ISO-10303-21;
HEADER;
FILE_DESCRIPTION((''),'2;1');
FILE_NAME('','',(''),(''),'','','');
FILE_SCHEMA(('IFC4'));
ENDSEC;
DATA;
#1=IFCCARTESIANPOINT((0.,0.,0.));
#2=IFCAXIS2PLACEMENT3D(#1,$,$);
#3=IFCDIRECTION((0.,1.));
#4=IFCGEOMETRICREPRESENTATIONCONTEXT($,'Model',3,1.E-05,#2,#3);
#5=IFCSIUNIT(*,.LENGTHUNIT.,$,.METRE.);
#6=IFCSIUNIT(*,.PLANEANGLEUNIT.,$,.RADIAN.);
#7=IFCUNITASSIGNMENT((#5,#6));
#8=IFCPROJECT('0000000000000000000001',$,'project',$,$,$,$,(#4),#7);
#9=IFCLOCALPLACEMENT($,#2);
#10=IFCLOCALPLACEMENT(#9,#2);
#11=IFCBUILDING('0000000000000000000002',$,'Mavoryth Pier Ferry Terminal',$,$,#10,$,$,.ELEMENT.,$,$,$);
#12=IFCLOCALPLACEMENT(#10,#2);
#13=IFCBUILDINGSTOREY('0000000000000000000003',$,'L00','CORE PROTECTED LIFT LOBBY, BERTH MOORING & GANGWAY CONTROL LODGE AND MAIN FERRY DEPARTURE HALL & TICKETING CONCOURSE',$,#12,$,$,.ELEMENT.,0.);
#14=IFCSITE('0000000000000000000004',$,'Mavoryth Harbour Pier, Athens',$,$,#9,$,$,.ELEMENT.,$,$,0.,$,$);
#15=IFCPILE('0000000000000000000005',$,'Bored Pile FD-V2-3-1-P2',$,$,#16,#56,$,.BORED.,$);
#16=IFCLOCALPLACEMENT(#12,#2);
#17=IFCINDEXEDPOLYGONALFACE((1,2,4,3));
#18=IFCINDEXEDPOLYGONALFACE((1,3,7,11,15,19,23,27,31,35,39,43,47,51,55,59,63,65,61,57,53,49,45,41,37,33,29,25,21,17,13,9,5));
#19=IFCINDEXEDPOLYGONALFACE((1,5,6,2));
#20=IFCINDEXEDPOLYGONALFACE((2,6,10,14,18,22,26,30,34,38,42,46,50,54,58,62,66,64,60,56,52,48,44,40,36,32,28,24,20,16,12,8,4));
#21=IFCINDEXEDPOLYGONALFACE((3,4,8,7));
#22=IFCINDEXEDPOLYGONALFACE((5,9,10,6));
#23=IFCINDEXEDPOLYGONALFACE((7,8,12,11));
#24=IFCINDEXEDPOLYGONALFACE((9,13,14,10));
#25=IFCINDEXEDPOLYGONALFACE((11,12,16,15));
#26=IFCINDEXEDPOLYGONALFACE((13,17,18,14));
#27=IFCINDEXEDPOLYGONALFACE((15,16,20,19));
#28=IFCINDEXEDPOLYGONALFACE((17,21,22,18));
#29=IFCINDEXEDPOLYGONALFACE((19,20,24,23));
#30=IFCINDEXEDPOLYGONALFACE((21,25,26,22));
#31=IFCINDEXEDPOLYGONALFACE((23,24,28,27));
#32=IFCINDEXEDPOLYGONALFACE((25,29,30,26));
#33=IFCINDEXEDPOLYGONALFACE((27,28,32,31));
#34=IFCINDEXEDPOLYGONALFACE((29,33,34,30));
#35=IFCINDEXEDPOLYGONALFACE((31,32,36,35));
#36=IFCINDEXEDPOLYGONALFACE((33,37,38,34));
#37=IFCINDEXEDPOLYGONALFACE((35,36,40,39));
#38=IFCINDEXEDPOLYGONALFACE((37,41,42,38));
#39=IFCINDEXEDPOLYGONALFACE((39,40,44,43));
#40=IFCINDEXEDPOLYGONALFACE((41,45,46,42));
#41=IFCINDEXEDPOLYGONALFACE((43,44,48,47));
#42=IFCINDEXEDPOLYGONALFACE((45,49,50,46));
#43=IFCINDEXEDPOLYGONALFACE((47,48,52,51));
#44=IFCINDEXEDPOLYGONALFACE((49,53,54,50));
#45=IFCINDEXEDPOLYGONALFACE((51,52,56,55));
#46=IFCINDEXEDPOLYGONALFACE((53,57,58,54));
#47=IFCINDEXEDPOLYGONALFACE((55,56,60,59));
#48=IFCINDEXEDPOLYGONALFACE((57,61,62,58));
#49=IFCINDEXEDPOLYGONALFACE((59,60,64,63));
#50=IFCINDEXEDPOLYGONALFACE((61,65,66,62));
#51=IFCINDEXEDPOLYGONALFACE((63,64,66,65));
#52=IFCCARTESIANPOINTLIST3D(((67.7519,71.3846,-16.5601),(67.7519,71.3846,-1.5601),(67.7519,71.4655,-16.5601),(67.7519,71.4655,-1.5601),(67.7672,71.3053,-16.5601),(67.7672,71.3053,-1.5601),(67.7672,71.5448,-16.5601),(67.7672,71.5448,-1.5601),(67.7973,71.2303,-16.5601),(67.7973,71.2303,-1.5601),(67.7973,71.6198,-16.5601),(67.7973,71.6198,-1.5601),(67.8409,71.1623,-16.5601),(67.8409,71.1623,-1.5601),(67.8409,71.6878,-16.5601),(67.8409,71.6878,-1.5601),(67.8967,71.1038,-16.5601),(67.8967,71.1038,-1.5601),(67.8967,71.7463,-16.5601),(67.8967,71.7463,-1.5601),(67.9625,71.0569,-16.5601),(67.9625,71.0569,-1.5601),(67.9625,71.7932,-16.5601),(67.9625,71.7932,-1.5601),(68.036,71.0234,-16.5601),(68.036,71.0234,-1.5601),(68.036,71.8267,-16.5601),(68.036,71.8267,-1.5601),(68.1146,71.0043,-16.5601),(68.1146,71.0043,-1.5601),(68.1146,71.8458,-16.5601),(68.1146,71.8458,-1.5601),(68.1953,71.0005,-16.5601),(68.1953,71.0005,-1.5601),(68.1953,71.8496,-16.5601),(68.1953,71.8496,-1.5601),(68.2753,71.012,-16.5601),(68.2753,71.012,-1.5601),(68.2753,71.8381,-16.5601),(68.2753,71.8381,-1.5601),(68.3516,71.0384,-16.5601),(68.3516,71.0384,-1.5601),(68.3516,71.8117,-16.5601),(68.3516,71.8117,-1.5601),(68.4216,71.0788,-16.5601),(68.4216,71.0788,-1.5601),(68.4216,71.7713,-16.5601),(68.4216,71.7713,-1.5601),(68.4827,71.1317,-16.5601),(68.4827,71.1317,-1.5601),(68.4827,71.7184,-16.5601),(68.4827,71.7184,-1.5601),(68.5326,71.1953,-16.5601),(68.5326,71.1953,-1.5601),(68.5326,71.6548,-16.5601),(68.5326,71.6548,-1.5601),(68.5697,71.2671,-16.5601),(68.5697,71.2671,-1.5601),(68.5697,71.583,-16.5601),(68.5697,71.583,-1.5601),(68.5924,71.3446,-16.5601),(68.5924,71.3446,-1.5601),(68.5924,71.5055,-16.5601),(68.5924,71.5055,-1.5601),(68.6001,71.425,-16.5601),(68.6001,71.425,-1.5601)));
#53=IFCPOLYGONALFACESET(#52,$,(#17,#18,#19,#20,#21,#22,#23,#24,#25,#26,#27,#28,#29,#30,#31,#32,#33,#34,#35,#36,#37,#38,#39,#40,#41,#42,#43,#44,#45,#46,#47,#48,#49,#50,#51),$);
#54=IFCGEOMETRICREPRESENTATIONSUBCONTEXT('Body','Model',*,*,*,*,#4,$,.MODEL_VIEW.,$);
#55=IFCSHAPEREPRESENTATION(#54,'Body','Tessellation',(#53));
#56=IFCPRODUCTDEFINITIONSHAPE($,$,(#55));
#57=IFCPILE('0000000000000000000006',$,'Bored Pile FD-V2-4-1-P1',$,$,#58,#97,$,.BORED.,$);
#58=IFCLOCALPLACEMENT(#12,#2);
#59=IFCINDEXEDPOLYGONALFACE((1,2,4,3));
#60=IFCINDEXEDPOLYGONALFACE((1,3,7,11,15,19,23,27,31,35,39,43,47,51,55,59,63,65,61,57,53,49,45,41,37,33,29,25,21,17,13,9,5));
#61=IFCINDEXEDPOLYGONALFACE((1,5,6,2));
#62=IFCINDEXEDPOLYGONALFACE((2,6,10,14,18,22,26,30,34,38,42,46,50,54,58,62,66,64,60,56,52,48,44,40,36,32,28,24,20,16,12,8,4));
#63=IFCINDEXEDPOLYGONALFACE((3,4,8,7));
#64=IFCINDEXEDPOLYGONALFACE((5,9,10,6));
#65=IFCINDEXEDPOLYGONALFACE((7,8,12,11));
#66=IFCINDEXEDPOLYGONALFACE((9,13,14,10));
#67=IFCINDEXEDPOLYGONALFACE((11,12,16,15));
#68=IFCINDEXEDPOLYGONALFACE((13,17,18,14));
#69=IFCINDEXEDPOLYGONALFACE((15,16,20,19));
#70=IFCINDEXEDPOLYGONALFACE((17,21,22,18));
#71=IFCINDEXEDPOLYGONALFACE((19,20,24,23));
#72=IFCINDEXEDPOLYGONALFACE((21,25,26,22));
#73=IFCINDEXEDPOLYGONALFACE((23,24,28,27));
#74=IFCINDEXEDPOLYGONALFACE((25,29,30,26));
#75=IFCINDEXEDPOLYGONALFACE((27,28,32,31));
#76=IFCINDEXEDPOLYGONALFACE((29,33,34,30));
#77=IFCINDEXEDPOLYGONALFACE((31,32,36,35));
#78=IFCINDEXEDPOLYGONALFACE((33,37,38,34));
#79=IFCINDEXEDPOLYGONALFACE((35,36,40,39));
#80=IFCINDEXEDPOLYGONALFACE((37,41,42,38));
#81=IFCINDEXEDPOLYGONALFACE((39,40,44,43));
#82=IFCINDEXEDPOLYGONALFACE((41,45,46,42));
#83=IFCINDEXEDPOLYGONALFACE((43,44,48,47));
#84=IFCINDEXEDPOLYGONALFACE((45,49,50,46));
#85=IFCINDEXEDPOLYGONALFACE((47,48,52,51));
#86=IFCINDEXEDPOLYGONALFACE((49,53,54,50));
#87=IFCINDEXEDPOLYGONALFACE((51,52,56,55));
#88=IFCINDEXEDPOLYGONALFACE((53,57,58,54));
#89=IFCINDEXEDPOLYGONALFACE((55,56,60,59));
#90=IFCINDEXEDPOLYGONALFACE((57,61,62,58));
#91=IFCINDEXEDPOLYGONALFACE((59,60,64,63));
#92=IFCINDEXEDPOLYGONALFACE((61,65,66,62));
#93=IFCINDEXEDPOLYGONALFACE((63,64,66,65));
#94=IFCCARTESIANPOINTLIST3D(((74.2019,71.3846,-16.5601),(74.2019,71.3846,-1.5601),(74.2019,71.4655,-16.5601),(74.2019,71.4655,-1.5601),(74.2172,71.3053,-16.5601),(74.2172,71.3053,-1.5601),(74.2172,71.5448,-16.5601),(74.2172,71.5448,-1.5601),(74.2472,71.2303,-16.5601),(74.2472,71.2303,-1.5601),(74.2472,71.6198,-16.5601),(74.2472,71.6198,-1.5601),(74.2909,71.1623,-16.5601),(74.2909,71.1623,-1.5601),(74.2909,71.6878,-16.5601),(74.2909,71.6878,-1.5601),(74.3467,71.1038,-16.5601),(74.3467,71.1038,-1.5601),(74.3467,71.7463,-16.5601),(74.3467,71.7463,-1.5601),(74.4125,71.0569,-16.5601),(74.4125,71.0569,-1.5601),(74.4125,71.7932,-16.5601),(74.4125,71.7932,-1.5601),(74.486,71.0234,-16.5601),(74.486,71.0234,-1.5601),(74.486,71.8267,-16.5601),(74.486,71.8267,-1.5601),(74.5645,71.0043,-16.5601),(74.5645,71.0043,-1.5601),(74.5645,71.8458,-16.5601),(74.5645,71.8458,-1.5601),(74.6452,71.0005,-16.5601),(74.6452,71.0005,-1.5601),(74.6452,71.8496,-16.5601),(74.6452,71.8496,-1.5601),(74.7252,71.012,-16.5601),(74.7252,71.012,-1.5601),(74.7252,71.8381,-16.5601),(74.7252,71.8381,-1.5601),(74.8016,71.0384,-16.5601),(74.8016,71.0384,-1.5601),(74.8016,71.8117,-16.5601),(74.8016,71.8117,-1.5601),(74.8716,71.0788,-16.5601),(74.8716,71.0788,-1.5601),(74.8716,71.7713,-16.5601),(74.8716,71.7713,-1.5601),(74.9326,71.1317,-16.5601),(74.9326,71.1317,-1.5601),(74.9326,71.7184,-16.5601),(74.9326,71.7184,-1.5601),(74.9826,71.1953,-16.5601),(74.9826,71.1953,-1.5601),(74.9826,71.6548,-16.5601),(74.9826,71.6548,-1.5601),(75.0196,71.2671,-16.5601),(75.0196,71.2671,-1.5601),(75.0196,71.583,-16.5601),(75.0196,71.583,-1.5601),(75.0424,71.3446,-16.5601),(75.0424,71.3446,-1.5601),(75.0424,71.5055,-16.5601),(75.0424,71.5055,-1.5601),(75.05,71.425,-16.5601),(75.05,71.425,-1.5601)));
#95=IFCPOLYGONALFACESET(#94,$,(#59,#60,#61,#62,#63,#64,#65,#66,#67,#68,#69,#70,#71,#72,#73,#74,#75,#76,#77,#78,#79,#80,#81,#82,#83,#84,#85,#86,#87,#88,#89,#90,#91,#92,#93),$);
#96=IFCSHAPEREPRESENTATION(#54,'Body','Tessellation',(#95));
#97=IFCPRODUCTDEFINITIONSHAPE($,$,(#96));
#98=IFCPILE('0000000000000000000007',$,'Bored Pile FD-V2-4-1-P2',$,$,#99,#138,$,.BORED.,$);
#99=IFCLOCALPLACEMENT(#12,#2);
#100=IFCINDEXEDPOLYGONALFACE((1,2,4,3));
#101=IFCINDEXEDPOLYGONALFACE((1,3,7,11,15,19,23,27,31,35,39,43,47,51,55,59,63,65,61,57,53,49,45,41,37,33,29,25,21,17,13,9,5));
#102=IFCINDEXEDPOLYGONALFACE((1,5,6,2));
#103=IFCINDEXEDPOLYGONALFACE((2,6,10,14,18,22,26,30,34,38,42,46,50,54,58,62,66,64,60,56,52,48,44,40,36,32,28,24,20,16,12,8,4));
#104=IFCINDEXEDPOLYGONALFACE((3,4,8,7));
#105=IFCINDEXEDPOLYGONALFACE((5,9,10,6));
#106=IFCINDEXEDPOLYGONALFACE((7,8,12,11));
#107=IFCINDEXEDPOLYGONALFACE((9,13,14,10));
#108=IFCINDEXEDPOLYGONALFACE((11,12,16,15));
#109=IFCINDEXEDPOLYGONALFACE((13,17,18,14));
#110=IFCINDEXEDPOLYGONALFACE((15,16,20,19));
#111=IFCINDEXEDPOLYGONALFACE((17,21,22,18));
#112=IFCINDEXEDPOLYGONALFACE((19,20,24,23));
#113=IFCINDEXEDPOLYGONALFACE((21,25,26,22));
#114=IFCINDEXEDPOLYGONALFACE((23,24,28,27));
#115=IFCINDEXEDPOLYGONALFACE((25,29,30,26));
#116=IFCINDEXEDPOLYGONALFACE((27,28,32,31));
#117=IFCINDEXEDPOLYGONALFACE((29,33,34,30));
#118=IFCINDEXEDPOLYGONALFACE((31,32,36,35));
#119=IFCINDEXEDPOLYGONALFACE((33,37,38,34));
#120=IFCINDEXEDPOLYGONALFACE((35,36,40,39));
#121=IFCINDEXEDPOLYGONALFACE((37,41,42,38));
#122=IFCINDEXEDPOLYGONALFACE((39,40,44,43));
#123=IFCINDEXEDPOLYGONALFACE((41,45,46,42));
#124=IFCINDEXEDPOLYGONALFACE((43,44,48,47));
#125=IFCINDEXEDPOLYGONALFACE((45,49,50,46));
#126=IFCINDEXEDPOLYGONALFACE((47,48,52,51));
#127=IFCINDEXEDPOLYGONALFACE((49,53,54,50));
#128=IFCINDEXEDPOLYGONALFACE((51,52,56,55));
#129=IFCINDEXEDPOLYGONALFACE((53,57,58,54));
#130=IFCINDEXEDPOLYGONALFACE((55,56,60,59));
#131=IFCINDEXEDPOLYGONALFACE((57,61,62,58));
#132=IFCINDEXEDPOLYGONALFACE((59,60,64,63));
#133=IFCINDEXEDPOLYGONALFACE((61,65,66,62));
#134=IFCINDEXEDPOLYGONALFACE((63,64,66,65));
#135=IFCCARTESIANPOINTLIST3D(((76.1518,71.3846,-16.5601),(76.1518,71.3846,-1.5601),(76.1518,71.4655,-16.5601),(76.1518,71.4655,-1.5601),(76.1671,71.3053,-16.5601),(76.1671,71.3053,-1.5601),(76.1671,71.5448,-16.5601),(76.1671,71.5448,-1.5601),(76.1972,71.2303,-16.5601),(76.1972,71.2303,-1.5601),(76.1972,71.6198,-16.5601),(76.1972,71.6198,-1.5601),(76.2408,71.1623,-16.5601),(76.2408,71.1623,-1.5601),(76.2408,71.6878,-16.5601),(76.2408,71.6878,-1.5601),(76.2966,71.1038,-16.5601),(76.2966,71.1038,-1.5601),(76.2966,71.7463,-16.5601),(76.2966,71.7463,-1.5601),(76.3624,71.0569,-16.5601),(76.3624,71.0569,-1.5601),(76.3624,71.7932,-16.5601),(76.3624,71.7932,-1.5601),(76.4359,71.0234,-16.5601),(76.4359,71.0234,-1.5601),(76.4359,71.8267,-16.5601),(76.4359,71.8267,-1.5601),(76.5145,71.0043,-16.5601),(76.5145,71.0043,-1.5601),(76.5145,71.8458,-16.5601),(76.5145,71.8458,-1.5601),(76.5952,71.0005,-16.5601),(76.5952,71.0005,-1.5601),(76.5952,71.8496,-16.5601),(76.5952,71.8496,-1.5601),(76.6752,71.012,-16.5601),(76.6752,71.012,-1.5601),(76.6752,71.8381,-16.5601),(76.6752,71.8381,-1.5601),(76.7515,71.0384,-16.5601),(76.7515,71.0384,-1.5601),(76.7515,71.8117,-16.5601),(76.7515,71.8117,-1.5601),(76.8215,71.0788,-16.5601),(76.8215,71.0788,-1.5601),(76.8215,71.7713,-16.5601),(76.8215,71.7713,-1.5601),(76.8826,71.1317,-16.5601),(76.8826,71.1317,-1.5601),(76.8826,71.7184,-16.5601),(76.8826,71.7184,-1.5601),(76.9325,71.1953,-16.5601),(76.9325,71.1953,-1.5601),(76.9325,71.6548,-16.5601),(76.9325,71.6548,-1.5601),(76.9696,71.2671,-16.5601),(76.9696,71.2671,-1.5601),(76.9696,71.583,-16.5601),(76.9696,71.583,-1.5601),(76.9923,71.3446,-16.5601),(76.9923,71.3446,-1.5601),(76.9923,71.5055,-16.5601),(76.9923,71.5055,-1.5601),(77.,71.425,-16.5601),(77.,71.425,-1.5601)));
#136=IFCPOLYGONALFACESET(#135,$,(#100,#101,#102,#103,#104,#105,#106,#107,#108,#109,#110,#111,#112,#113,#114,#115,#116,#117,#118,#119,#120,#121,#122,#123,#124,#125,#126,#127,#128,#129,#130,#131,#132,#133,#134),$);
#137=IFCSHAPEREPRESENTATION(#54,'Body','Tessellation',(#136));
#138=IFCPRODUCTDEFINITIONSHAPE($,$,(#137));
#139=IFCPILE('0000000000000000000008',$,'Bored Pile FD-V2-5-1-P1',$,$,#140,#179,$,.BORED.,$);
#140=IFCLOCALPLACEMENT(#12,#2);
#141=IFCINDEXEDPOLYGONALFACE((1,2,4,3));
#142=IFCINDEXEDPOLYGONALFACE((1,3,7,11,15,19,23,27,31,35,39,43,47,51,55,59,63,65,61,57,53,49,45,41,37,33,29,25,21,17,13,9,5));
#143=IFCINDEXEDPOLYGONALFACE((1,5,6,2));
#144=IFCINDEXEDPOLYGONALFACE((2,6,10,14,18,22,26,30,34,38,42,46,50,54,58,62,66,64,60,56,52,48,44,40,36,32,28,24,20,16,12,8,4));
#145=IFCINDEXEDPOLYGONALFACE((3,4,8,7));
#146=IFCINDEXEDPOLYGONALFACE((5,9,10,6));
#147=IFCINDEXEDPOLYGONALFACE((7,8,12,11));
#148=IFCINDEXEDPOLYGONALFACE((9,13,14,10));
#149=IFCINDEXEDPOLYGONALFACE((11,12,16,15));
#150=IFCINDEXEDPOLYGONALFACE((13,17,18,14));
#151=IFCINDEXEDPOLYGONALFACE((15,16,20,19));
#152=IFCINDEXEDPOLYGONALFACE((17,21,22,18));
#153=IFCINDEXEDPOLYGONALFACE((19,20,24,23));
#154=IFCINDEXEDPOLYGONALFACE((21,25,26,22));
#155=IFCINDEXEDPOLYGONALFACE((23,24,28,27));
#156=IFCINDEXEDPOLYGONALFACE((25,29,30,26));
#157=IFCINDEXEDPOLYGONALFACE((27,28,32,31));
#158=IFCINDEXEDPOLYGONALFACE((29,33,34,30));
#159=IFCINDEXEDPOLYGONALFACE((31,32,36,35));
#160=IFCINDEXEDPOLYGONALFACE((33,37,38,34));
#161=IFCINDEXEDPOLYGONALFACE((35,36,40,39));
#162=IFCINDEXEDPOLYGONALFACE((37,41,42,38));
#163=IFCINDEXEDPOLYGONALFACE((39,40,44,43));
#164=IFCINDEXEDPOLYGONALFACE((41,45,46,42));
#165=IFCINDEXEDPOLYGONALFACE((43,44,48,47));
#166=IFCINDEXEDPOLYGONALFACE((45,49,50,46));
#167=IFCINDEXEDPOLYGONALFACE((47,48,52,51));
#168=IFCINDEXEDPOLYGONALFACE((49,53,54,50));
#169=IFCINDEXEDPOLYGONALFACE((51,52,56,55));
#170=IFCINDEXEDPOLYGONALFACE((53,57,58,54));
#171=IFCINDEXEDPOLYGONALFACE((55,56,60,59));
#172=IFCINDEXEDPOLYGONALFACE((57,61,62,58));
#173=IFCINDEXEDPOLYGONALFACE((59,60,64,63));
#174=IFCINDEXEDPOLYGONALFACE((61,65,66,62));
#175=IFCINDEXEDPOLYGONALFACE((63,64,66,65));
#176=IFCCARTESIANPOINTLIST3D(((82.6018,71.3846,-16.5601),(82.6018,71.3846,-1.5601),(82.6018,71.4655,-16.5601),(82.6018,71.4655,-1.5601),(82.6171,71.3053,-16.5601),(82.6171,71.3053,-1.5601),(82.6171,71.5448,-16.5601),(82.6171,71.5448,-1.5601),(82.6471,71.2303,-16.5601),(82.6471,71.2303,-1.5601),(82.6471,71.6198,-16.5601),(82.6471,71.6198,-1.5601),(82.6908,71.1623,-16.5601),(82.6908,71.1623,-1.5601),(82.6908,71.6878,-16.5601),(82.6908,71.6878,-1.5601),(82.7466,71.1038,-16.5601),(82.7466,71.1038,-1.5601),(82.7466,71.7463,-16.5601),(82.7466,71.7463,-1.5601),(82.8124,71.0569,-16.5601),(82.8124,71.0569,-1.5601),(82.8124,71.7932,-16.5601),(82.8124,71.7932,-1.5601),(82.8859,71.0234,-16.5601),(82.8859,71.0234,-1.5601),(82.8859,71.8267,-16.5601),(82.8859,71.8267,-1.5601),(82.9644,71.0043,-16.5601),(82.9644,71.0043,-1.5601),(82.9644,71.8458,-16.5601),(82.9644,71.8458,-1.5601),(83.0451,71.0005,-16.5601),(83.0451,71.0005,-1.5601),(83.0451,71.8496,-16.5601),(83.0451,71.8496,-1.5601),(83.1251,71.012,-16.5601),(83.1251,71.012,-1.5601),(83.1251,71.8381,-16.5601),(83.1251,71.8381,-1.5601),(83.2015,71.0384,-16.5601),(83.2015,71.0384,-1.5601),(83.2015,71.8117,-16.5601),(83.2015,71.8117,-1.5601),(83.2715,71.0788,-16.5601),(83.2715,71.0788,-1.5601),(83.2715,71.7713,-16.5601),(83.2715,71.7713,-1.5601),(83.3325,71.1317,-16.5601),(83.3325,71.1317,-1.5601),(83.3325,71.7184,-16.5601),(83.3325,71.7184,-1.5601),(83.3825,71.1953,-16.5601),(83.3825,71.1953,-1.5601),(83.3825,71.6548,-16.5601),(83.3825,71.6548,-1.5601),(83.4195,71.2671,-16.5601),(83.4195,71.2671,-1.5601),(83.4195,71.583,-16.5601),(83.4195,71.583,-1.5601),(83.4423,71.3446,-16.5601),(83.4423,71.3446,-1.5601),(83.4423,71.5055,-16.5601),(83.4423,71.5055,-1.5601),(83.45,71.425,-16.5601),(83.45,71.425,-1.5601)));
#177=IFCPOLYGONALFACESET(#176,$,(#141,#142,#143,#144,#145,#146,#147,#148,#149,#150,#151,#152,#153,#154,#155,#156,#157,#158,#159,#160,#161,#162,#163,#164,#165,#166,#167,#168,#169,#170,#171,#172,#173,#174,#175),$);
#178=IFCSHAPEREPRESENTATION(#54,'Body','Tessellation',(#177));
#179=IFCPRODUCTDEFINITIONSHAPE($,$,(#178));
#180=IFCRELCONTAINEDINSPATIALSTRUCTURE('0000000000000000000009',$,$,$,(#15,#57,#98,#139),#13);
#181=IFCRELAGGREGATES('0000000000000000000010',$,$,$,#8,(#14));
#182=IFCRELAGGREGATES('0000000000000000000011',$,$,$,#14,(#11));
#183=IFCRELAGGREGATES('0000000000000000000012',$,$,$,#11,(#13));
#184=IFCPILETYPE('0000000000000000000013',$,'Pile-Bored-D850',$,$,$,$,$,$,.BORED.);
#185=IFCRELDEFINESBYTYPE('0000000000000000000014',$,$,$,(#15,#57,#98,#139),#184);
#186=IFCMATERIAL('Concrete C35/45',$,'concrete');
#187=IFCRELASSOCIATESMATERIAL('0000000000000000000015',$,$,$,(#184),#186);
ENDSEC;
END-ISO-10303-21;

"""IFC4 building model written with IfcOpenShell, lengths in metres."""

from ifc_helpers import new_model, si_unit, direction, frame, origin, origin_2d, place, context, subcontext, project, spatial, circle, extrude, material, material_profile, profile_set, type_object, element, save


model = new_model("IFC4")

# Units and contexts
model_context = context("Model", 3, precision=1e-05, world=origin(), true_north=direction((0.0, 1.0)))
body_context = subcontext(model_context, "Body", "Model", "MODEL_VIEW")
ifc_project = project(units=[si_unit("LENGTHUNIT", "METRE"), si_unit("PLANEANGLEUNIT", "RADIAN")], contexts=[model_context])

# Site, building, storey
site_placement = place(None, origin())
site = spatial("IfcSite", under=ifc_project, at=site_placement, Name="Mavoryth Harbour Pier, Athens", CompositionType="ELEMENT", RefElevation=0.0)
building_placement = place(site_placement, origin())
building = spatial("IfcBuilding", under=site, at=building_placement, Name="Mavoryth Pier Ferry Terminal", CompositionType="ELEMENT")
storey_placement = place(building_placement, origin())
storey = spatial("IfcBuildingStorey", under=building, at=storey_placement, Name="L00", Description="CORE PROTECTED LIFT LOBBY, BERTH MOORING & GANGWAY CONTROL LODGE AND MAIN FERRY DEPARTURE HALL & TICKETING CONCOURSE", CompositionType="ELEMENT", Elevation=0.0)

# Shared definitions
ifc_material_1 = material(Name="Concrete C35/45", Category="concrete")

# Piles
ifc_material_profile_1 = material_profile(ifc_material_1, circle(Radius=0.425, at=origin_2d()), Name="PILE D850", Category="concrete")
ifc_profile_set_1 = profile_set([ifc_material_profile_1], Name="Concrete C35/45 - PILE D850")
pile_type_1 = type_object("IfcPileType", Name="Pile-Bored-D850", PredefinedType="BORED", material=ifc_profile_set_1)
for number, where, z_axis, x_axis, name in (
    (1, (68.175, 71.425, -1.5601), (0.0, 0.0, -1.0), (1.0, 0.0, 0.0), "Bored Pile FD-V2-3-1-P2"),
    (2, (74.625, 71.425, -1.5601), (0.0, 0.0, -1.0), (1.0, 0.0, 0.0), "Bored Pile FD-V2-4-1-P1"),
    (3, (76.575, 71.425, -1.5601), (0.0, 0.0, -1.0), (1.0, 0.0, 0.0), "Bored Pile FD-V2-4-1-P2"),
    (4, (83.0249, 71.425, -1.5601), (0.0, 0.0, -1.0), (1.0, 0.0, 0.0), "Bored Pile FD-V2-5-1-P1"),
):
    element("IfcPile", number, at=place(storey_placement, frame(where, z_axis=z_axis, x_axis=x_axis)), inside=storey, type_object=pile_type_1, Name=name, PredefinedType="BORED", context=body_context, shape_type="SweptSolid", body=[
        extrude(circle(Radius=0.425, at=origin_2d()), origin(), (0.0, 0.0, 1.0), 15.0),
    ])

save(model, "model.ifc")
